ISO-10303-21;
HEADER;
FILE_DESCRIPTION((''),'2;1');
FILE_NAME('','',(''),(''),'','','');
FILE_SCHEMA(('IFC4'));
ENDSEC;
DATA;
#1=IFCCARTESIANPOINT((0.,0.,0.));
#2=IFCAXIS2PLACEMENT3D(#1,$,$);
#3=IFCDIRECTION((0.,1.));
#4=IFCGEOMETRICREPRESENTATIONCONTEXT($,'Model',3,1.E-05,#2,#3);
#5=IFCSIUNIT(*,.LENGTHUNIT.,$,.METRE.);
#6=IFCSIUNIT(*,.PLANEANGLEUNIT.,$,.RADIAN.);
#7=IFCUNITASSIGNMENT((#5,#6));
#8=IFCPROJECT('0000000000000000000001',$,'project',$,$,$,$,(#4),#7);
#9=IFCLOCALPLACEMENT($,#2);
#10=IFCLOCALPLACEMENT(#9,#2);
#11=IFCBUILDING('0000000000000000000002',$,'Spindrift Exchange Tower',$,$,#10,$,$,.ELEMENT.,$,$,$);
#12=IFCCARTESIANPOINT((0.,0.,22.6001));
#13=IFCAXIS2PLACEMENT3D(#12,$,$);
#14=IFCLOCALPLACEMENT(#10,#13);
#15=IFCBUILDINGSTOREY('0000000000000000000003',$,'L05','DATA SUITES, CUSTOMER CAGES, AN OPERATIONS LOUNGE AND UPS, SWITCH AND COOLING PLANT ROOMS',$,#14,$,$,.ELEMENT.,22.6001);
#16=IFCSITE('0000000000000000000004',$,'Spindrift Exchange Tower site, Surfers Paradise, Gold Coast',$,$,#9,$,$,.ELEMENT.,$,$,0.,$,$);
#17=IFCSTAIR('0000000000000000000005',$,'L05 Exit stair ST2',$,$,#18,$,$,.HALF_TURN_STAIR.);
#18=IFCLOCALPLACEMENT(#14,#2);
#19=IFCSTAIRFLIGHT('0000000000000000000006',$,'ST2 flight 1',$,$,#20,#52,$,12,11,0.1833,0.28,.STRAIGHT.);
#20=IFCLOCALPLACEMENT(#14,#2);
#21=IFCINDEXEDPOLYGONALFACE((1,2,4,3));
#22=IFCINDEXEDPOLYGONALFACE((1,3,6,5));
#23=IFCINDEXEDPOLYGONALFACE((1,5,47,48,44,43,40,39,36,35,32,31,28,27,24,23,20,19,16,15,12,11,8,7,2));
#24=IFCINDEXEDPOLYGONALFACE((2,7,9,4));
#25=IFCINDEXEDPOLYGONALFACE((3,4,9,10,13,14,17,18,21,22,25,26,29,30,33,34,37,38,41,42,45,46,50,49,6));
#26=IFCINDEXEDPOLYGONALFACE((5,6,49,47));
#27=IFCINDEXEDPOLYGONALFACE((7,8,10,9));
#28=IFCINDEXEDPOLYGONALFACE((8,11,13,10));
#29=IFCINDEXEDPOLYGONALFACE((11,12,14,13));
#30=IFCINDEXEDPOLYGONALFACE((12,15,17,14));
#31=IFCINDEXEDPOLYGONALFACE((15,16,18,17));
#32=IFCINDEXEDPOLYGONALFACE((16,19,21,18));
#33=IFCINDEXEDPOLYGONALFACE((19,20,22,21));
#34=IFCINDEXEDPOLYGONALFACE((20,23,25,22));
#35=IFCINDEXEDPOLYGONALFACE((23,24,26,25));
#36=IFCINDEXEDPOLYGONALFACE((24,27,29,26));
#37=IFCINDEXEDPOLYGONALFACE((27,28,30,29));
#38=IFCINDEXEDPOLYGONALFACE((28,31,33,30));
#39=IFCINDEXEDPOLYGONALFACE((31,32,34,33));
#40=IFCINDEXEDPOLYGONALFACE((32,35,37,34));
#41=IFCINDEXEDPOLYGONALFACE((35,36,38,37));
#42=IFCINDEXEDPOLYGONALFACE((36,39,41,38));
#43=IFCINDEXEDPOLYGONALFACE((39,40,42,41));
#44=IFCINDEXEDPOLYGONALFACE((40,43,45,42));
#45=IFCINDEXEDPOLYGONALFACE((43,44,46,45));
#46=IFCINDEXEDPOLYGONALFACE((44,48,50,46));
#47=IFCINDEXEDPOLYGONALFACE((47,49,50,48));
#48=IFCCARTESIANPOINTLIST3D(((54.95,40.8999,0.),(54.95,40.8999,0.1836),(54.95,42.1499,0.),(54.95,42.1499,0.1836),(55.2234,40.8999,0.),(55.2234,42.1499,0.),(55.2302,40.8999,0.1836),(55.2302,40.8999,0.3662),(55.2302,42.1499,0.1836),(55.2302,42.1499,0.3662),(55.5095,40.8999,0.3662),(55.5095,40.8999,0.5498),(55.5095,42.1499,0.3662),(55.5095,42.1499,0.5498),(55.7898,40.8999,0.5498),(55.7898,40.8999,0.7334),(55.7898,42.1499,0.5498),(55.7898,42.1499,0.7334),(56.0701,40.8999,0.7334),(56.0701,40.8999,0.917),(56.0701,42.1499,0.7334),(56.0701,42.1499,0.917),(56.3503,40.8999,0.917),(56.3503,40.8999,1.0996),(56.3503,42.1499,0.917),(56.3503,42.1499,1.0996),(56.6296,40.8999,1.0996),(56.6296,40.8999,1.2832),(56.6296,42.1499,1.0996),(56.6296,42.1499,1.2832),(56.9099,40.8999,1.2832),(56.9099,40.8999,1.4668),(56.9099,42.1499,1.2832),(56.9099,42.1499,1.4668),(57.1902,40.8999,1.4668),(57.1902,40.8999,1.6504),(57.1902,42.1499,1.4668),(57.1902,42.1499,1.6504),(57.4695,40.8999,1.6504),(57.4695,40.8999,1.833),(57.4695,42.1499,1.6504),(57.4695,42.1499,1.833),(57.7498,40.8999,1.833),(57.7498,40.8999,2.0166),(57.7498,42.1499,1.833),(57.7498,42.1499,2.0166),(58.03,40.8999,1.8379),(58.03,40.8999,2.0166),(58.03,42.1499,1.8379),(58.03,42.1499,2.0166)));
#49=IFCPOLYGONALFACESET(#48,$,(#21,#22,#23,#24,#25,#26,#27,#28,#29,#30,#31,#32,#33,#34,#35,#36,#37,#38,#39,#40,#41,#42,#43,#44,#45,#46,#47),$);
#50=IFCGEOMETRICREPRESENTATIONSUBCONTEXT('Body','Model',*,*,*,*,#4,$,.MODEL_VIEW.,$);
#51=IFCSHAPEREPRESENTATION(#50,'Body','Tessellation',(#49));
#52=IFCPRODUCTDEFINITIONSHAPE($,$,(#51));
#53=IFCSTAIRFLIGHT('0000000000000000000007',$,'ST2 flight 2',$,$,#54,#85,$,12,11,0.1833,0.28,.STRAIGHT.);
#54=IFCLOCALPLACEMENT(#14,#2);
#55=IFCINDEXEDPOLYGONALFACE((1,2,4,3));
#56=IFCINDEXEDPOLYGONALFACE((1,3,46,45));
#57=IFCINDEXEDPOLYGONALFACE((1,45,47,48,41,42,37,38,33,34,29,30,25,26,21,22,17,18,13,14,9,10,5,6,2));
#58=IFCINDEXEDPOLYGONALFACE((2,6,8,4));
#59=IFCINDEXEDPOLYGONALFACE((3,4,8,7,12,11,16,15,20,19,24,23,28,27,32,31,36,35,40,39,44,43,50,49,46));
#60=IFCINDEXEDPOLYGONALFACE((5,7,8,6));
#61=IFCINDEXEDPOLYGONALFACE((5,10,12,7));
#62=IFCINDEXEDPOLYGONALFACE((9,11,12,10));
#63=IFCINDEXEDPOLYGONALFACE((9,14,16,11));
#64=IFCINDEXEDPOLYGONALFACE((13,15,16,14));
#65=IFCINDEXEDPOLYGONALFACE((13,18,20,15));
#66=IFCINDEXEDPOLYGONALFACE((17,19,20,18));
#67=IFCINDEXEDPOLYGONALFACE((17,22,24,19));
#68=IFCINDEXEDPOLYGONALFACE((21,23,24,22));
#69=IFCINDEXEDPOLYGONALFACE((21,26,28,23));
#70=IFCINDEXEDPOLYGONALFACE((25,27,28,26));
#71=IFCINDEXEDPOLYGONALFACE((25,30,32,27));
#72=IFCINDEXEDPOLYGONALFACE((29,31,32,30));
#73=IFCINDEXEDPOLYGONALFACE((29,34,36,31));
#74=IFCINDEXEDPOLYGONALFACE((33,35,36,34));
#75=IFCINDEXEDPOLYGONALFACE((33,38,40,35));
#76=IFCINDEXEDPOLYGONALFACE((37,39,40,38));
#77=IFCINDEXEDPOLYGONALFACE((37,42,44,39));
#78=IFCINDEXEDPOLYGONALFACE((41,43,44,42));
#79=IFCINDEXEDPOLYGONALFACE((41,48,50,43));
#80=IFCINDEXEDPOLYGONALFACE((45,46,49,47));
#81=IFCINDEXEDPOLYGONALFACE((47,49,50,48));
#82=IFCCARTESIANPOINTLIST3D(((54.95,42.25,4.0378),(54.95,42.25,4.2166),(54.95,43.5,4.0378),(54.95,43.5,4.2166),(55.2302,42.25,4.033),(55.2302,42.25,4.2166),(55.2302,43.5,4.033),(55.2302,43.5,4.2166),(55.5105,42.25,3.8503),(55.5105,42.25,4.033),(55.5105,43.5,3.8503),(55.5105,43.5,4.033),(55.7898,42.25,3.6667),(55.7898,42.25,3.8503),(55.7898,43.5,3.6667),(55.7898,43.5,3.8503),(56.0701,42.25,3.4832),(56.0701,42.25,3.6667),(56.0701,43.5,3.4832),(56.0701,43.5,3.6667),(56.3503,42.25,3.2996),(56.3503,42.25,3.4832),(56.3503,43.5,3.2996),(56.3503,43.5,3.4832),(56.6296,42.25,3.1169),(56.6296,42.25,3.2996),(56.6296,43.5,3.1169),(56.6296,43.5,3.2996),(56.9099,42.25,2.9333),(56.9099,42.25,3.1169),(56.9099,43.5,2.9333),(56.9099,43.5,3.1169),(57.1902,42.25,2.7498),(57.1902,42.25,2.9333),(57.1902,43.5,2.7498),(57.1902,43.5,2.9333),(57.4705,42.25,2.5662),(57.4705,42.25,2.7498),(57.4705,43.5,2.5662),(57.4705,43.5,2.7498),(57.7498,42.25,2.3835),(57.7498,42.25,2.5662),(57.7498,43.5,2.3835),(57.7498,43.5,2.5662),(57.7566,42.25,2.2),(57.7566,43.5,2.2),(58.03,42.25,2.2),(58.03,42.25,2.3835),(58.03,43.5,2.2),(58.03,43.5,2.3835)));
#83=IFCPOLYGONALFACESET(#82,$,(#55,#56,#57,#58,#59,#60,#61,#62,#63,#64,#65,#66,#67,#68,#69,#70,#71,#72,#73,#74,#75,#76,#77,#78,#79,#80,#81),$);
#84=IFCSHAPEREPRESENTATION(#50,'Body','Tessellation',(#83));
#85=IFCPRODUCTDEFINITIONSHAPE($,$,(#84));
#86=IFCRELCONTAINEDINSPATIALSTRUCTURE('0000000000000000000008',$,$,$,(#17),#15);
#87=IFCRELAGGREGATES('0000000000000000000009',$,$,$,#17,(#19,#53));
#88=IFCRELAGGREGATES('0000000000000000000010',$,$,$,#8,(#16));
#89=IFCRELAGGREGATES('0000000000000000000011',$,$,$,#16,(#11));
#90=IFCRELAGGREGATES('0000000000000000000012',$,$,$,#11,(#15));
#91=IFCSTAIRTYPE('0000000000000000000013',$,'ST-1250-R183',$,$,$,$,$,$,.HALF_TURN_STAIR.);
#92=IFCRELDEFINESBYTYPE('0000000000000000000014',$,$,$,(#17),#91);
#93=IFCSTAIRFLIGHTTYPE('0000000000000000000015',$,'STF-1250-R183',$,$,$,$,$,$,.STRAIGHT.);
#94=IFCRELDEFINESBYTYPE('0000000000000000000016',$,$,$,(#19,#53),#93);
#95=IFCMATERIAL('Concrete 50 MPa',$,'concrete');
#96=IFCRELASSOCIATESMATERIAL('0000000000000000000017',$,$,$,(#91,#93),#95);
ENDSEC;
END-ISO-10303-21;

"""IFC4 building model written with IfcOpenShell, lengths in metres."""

from ifc_helpers import new_model, si_unit, direction, frame, origin, place, context, subcontext, project, spatial, line, indexed_curve, outline, extrude, material, type_object, element, aggregate, save


model = new_model("IFC4")

# Units and contexts
model_context = context("Model", 3, precision=1e-05, world=origin(), true_north=direction((0.0, 1.0)))
body_context = subcontext(model_context, "Body", "Model", "MODEL_VIEW")
ifc_project = project(units=[si_unit("LENGTHUNIT", "METRE"), si_unit("PLANEANGLEUNIT", "RADIAN")], contexts=[model_context])

# Site, building, storey
site_placement = place(None, origin())
site = spatial("IfcSite", under=ifc_project, at=site_placement, Name="Spindrift Exchange Tower site, Surfers Paradise, Gold Coast", CompositionType="ELEMENT", RefElevation=0.0)
building_placement = place(site_placement, origin())
building = spatial("IfcBuilding", under=site, at=building_placement, Name="Spindrift Exchange Tower", CompositionType="ELEMENT")
storey_placement = place(building_placement, frame((0.0, 0.0, 22.6001)))
storey = spatial("IfcBuildingStorey", under=building, at=storey_placement, Name="L05", Description="DATA SUITES, CUSTOMER CAGES, AN OPERATIONS LOUNGE AND UPS, SWITCH AND COOLING PLANT ROOMS", CompositionType="ELEMENT", Elevation=22.6001)

# Stair, stair flights
ifc_material_1 = material(Name="Concrete 50 MPa", Category="concrete")
stair_type = type_object("IfcStairType", Name="ST-1250-R183", PredefinedType="HALF_TURN_STAIR", material=ifc_material_1)
stair_placement = place(storey_placement, origin())
stair = element("IfcStair", 1, at=stair_placement, inside=storey, type_object=stair_type, Name="L05 Exit stair ST2", PredefinedType="HALF_TURN_STAIR")
stair_flight_type = type_object("IfcStairFlightType", Name="STF-1250-R183", PredefinedType="STRAIGHT", material=ifc_material_1)
stair_flight_1_placement = place(storey_placement, frame((54.95, 41.5249, 0.0), z_axis=(0.0, 0.0, 1.0), x_axis=(1.0, 0.0, 0.0)))
stair_flight_1 = element("IfcStairFlight", 2, at=stair_flight_1_placement, type_object=stair_flight_type, Name="ST2 flight 1", NumberOfRisers=12, NumberOfTreads=11, PredefinedType="STRAIGHT", RiserHeight=0.1833, TreadLength=0.28, context=body_context, shape_type="SweptSolid", body=[
    extrude(outline(indexed_curve([(0.0, 0.0), (0.0, 0.1836), (0.2803, 0.1836), (0.2803, 0.3662), (0.5596, 0.3662), (0.5596, 0.5498), (0.8398, 0.5498), (0.8398, 0.7334), (1.1201, 0.7334), (1.1201, 0.917), (1.4004, 0.917), (1.4004, 1.0996), (1.6797, 1.0996), (1.6797, 1.2832), (1.96, 1.2832), (1.96, 1.4668), (2.2402, 1.4668), (2.2402, 1.6504), (2.5195, 1.6504), (2.5195, 1.833), (2.7998, 1.833), (2.7998, 2.0166), (3.0801, 2.0166), (3.0801, 2.2002), (3.0801, 1.8379), (0.2734, 0.0)], segments=[line(1, 2, 3, 4, 5, 6, 7, 8, 9, 10, 11, 12, 13, 14, 15, 16, 17, 18, 19, 20, 21, 22, 23, 24, 25, 26, 1)], self_intersect=False)), frame((0.0, 0.625, 0.0), z_axis=(0.0, -1.0, 0.0), x_axis=(1.0, 0.0, 0.0)), (0.0, 0.0, 1.0), 1.25),
])
stair_flight_2_placement = place(storey_placement, frame((58.03, 42.875, 2.2), z_axis=(0.0, 0.0, 1.0), x_axis=(-1.0, 0.0, 0.0)))
stair_flight_2 = element("IfcStairFlight", 3, at=stair_flight_2_placement, type_object=stair_flight_type, Name="ST2 flight 2", NumberOfRisers=12, NumberOfTreads=11, PredefinedType="STRAIGHT", RiserHeight=0.1833, TreadLength=0.28, context=body_context, shape_type="SweptSolid", body=[
    extrude(outline(indexed_curve([(0.0, 0.0), (0.0, 0.1836), (0.2803, 0.1836), (0.2803, 0.3662), (0.5596, 0.3662), (0.5596, 0.5498), (0.8398, 0.5498), (0.8398, 0.7334), (1.1201, 0.7334), (1.1201, 0.917), (1.4004, 0.917), (1.4004, 1.0996), (1.6797, 1.0996), (1.6797, 1.2832), (1.96, 1.2832), (1.96, 1.4668), (2.2402, 1.4668), (2.2402, 1.6504), (2.5195, 1.6504), (2.5195, 1.833), (2.7998, 1.833), (2.7998, 2.0166), (3.0801, 2.0166), (3.0801, 2.2002), (3.0801, 1.8379), (0.2734, 0.0)], segments=[line(1, 2, 3, 4, 5, 6, 7, 8, 9, 10, 11, 12, 13, 14, 15, 16, 17, 18, 19, 20, 21, 22, 23, 24, 25, 26, 1)], self_intersect=False)), frame((0.0, 0.625, 0.0), z_axis=(0.0, -1.0, 0.0), x_axis=(1.0, 0.0, 0.0)), (0.0, 0.0, 1.0), 1.25),
])
aggregate(stair, [stair_flight_1, stair_flight_2])

save(model, "model.ifc")
